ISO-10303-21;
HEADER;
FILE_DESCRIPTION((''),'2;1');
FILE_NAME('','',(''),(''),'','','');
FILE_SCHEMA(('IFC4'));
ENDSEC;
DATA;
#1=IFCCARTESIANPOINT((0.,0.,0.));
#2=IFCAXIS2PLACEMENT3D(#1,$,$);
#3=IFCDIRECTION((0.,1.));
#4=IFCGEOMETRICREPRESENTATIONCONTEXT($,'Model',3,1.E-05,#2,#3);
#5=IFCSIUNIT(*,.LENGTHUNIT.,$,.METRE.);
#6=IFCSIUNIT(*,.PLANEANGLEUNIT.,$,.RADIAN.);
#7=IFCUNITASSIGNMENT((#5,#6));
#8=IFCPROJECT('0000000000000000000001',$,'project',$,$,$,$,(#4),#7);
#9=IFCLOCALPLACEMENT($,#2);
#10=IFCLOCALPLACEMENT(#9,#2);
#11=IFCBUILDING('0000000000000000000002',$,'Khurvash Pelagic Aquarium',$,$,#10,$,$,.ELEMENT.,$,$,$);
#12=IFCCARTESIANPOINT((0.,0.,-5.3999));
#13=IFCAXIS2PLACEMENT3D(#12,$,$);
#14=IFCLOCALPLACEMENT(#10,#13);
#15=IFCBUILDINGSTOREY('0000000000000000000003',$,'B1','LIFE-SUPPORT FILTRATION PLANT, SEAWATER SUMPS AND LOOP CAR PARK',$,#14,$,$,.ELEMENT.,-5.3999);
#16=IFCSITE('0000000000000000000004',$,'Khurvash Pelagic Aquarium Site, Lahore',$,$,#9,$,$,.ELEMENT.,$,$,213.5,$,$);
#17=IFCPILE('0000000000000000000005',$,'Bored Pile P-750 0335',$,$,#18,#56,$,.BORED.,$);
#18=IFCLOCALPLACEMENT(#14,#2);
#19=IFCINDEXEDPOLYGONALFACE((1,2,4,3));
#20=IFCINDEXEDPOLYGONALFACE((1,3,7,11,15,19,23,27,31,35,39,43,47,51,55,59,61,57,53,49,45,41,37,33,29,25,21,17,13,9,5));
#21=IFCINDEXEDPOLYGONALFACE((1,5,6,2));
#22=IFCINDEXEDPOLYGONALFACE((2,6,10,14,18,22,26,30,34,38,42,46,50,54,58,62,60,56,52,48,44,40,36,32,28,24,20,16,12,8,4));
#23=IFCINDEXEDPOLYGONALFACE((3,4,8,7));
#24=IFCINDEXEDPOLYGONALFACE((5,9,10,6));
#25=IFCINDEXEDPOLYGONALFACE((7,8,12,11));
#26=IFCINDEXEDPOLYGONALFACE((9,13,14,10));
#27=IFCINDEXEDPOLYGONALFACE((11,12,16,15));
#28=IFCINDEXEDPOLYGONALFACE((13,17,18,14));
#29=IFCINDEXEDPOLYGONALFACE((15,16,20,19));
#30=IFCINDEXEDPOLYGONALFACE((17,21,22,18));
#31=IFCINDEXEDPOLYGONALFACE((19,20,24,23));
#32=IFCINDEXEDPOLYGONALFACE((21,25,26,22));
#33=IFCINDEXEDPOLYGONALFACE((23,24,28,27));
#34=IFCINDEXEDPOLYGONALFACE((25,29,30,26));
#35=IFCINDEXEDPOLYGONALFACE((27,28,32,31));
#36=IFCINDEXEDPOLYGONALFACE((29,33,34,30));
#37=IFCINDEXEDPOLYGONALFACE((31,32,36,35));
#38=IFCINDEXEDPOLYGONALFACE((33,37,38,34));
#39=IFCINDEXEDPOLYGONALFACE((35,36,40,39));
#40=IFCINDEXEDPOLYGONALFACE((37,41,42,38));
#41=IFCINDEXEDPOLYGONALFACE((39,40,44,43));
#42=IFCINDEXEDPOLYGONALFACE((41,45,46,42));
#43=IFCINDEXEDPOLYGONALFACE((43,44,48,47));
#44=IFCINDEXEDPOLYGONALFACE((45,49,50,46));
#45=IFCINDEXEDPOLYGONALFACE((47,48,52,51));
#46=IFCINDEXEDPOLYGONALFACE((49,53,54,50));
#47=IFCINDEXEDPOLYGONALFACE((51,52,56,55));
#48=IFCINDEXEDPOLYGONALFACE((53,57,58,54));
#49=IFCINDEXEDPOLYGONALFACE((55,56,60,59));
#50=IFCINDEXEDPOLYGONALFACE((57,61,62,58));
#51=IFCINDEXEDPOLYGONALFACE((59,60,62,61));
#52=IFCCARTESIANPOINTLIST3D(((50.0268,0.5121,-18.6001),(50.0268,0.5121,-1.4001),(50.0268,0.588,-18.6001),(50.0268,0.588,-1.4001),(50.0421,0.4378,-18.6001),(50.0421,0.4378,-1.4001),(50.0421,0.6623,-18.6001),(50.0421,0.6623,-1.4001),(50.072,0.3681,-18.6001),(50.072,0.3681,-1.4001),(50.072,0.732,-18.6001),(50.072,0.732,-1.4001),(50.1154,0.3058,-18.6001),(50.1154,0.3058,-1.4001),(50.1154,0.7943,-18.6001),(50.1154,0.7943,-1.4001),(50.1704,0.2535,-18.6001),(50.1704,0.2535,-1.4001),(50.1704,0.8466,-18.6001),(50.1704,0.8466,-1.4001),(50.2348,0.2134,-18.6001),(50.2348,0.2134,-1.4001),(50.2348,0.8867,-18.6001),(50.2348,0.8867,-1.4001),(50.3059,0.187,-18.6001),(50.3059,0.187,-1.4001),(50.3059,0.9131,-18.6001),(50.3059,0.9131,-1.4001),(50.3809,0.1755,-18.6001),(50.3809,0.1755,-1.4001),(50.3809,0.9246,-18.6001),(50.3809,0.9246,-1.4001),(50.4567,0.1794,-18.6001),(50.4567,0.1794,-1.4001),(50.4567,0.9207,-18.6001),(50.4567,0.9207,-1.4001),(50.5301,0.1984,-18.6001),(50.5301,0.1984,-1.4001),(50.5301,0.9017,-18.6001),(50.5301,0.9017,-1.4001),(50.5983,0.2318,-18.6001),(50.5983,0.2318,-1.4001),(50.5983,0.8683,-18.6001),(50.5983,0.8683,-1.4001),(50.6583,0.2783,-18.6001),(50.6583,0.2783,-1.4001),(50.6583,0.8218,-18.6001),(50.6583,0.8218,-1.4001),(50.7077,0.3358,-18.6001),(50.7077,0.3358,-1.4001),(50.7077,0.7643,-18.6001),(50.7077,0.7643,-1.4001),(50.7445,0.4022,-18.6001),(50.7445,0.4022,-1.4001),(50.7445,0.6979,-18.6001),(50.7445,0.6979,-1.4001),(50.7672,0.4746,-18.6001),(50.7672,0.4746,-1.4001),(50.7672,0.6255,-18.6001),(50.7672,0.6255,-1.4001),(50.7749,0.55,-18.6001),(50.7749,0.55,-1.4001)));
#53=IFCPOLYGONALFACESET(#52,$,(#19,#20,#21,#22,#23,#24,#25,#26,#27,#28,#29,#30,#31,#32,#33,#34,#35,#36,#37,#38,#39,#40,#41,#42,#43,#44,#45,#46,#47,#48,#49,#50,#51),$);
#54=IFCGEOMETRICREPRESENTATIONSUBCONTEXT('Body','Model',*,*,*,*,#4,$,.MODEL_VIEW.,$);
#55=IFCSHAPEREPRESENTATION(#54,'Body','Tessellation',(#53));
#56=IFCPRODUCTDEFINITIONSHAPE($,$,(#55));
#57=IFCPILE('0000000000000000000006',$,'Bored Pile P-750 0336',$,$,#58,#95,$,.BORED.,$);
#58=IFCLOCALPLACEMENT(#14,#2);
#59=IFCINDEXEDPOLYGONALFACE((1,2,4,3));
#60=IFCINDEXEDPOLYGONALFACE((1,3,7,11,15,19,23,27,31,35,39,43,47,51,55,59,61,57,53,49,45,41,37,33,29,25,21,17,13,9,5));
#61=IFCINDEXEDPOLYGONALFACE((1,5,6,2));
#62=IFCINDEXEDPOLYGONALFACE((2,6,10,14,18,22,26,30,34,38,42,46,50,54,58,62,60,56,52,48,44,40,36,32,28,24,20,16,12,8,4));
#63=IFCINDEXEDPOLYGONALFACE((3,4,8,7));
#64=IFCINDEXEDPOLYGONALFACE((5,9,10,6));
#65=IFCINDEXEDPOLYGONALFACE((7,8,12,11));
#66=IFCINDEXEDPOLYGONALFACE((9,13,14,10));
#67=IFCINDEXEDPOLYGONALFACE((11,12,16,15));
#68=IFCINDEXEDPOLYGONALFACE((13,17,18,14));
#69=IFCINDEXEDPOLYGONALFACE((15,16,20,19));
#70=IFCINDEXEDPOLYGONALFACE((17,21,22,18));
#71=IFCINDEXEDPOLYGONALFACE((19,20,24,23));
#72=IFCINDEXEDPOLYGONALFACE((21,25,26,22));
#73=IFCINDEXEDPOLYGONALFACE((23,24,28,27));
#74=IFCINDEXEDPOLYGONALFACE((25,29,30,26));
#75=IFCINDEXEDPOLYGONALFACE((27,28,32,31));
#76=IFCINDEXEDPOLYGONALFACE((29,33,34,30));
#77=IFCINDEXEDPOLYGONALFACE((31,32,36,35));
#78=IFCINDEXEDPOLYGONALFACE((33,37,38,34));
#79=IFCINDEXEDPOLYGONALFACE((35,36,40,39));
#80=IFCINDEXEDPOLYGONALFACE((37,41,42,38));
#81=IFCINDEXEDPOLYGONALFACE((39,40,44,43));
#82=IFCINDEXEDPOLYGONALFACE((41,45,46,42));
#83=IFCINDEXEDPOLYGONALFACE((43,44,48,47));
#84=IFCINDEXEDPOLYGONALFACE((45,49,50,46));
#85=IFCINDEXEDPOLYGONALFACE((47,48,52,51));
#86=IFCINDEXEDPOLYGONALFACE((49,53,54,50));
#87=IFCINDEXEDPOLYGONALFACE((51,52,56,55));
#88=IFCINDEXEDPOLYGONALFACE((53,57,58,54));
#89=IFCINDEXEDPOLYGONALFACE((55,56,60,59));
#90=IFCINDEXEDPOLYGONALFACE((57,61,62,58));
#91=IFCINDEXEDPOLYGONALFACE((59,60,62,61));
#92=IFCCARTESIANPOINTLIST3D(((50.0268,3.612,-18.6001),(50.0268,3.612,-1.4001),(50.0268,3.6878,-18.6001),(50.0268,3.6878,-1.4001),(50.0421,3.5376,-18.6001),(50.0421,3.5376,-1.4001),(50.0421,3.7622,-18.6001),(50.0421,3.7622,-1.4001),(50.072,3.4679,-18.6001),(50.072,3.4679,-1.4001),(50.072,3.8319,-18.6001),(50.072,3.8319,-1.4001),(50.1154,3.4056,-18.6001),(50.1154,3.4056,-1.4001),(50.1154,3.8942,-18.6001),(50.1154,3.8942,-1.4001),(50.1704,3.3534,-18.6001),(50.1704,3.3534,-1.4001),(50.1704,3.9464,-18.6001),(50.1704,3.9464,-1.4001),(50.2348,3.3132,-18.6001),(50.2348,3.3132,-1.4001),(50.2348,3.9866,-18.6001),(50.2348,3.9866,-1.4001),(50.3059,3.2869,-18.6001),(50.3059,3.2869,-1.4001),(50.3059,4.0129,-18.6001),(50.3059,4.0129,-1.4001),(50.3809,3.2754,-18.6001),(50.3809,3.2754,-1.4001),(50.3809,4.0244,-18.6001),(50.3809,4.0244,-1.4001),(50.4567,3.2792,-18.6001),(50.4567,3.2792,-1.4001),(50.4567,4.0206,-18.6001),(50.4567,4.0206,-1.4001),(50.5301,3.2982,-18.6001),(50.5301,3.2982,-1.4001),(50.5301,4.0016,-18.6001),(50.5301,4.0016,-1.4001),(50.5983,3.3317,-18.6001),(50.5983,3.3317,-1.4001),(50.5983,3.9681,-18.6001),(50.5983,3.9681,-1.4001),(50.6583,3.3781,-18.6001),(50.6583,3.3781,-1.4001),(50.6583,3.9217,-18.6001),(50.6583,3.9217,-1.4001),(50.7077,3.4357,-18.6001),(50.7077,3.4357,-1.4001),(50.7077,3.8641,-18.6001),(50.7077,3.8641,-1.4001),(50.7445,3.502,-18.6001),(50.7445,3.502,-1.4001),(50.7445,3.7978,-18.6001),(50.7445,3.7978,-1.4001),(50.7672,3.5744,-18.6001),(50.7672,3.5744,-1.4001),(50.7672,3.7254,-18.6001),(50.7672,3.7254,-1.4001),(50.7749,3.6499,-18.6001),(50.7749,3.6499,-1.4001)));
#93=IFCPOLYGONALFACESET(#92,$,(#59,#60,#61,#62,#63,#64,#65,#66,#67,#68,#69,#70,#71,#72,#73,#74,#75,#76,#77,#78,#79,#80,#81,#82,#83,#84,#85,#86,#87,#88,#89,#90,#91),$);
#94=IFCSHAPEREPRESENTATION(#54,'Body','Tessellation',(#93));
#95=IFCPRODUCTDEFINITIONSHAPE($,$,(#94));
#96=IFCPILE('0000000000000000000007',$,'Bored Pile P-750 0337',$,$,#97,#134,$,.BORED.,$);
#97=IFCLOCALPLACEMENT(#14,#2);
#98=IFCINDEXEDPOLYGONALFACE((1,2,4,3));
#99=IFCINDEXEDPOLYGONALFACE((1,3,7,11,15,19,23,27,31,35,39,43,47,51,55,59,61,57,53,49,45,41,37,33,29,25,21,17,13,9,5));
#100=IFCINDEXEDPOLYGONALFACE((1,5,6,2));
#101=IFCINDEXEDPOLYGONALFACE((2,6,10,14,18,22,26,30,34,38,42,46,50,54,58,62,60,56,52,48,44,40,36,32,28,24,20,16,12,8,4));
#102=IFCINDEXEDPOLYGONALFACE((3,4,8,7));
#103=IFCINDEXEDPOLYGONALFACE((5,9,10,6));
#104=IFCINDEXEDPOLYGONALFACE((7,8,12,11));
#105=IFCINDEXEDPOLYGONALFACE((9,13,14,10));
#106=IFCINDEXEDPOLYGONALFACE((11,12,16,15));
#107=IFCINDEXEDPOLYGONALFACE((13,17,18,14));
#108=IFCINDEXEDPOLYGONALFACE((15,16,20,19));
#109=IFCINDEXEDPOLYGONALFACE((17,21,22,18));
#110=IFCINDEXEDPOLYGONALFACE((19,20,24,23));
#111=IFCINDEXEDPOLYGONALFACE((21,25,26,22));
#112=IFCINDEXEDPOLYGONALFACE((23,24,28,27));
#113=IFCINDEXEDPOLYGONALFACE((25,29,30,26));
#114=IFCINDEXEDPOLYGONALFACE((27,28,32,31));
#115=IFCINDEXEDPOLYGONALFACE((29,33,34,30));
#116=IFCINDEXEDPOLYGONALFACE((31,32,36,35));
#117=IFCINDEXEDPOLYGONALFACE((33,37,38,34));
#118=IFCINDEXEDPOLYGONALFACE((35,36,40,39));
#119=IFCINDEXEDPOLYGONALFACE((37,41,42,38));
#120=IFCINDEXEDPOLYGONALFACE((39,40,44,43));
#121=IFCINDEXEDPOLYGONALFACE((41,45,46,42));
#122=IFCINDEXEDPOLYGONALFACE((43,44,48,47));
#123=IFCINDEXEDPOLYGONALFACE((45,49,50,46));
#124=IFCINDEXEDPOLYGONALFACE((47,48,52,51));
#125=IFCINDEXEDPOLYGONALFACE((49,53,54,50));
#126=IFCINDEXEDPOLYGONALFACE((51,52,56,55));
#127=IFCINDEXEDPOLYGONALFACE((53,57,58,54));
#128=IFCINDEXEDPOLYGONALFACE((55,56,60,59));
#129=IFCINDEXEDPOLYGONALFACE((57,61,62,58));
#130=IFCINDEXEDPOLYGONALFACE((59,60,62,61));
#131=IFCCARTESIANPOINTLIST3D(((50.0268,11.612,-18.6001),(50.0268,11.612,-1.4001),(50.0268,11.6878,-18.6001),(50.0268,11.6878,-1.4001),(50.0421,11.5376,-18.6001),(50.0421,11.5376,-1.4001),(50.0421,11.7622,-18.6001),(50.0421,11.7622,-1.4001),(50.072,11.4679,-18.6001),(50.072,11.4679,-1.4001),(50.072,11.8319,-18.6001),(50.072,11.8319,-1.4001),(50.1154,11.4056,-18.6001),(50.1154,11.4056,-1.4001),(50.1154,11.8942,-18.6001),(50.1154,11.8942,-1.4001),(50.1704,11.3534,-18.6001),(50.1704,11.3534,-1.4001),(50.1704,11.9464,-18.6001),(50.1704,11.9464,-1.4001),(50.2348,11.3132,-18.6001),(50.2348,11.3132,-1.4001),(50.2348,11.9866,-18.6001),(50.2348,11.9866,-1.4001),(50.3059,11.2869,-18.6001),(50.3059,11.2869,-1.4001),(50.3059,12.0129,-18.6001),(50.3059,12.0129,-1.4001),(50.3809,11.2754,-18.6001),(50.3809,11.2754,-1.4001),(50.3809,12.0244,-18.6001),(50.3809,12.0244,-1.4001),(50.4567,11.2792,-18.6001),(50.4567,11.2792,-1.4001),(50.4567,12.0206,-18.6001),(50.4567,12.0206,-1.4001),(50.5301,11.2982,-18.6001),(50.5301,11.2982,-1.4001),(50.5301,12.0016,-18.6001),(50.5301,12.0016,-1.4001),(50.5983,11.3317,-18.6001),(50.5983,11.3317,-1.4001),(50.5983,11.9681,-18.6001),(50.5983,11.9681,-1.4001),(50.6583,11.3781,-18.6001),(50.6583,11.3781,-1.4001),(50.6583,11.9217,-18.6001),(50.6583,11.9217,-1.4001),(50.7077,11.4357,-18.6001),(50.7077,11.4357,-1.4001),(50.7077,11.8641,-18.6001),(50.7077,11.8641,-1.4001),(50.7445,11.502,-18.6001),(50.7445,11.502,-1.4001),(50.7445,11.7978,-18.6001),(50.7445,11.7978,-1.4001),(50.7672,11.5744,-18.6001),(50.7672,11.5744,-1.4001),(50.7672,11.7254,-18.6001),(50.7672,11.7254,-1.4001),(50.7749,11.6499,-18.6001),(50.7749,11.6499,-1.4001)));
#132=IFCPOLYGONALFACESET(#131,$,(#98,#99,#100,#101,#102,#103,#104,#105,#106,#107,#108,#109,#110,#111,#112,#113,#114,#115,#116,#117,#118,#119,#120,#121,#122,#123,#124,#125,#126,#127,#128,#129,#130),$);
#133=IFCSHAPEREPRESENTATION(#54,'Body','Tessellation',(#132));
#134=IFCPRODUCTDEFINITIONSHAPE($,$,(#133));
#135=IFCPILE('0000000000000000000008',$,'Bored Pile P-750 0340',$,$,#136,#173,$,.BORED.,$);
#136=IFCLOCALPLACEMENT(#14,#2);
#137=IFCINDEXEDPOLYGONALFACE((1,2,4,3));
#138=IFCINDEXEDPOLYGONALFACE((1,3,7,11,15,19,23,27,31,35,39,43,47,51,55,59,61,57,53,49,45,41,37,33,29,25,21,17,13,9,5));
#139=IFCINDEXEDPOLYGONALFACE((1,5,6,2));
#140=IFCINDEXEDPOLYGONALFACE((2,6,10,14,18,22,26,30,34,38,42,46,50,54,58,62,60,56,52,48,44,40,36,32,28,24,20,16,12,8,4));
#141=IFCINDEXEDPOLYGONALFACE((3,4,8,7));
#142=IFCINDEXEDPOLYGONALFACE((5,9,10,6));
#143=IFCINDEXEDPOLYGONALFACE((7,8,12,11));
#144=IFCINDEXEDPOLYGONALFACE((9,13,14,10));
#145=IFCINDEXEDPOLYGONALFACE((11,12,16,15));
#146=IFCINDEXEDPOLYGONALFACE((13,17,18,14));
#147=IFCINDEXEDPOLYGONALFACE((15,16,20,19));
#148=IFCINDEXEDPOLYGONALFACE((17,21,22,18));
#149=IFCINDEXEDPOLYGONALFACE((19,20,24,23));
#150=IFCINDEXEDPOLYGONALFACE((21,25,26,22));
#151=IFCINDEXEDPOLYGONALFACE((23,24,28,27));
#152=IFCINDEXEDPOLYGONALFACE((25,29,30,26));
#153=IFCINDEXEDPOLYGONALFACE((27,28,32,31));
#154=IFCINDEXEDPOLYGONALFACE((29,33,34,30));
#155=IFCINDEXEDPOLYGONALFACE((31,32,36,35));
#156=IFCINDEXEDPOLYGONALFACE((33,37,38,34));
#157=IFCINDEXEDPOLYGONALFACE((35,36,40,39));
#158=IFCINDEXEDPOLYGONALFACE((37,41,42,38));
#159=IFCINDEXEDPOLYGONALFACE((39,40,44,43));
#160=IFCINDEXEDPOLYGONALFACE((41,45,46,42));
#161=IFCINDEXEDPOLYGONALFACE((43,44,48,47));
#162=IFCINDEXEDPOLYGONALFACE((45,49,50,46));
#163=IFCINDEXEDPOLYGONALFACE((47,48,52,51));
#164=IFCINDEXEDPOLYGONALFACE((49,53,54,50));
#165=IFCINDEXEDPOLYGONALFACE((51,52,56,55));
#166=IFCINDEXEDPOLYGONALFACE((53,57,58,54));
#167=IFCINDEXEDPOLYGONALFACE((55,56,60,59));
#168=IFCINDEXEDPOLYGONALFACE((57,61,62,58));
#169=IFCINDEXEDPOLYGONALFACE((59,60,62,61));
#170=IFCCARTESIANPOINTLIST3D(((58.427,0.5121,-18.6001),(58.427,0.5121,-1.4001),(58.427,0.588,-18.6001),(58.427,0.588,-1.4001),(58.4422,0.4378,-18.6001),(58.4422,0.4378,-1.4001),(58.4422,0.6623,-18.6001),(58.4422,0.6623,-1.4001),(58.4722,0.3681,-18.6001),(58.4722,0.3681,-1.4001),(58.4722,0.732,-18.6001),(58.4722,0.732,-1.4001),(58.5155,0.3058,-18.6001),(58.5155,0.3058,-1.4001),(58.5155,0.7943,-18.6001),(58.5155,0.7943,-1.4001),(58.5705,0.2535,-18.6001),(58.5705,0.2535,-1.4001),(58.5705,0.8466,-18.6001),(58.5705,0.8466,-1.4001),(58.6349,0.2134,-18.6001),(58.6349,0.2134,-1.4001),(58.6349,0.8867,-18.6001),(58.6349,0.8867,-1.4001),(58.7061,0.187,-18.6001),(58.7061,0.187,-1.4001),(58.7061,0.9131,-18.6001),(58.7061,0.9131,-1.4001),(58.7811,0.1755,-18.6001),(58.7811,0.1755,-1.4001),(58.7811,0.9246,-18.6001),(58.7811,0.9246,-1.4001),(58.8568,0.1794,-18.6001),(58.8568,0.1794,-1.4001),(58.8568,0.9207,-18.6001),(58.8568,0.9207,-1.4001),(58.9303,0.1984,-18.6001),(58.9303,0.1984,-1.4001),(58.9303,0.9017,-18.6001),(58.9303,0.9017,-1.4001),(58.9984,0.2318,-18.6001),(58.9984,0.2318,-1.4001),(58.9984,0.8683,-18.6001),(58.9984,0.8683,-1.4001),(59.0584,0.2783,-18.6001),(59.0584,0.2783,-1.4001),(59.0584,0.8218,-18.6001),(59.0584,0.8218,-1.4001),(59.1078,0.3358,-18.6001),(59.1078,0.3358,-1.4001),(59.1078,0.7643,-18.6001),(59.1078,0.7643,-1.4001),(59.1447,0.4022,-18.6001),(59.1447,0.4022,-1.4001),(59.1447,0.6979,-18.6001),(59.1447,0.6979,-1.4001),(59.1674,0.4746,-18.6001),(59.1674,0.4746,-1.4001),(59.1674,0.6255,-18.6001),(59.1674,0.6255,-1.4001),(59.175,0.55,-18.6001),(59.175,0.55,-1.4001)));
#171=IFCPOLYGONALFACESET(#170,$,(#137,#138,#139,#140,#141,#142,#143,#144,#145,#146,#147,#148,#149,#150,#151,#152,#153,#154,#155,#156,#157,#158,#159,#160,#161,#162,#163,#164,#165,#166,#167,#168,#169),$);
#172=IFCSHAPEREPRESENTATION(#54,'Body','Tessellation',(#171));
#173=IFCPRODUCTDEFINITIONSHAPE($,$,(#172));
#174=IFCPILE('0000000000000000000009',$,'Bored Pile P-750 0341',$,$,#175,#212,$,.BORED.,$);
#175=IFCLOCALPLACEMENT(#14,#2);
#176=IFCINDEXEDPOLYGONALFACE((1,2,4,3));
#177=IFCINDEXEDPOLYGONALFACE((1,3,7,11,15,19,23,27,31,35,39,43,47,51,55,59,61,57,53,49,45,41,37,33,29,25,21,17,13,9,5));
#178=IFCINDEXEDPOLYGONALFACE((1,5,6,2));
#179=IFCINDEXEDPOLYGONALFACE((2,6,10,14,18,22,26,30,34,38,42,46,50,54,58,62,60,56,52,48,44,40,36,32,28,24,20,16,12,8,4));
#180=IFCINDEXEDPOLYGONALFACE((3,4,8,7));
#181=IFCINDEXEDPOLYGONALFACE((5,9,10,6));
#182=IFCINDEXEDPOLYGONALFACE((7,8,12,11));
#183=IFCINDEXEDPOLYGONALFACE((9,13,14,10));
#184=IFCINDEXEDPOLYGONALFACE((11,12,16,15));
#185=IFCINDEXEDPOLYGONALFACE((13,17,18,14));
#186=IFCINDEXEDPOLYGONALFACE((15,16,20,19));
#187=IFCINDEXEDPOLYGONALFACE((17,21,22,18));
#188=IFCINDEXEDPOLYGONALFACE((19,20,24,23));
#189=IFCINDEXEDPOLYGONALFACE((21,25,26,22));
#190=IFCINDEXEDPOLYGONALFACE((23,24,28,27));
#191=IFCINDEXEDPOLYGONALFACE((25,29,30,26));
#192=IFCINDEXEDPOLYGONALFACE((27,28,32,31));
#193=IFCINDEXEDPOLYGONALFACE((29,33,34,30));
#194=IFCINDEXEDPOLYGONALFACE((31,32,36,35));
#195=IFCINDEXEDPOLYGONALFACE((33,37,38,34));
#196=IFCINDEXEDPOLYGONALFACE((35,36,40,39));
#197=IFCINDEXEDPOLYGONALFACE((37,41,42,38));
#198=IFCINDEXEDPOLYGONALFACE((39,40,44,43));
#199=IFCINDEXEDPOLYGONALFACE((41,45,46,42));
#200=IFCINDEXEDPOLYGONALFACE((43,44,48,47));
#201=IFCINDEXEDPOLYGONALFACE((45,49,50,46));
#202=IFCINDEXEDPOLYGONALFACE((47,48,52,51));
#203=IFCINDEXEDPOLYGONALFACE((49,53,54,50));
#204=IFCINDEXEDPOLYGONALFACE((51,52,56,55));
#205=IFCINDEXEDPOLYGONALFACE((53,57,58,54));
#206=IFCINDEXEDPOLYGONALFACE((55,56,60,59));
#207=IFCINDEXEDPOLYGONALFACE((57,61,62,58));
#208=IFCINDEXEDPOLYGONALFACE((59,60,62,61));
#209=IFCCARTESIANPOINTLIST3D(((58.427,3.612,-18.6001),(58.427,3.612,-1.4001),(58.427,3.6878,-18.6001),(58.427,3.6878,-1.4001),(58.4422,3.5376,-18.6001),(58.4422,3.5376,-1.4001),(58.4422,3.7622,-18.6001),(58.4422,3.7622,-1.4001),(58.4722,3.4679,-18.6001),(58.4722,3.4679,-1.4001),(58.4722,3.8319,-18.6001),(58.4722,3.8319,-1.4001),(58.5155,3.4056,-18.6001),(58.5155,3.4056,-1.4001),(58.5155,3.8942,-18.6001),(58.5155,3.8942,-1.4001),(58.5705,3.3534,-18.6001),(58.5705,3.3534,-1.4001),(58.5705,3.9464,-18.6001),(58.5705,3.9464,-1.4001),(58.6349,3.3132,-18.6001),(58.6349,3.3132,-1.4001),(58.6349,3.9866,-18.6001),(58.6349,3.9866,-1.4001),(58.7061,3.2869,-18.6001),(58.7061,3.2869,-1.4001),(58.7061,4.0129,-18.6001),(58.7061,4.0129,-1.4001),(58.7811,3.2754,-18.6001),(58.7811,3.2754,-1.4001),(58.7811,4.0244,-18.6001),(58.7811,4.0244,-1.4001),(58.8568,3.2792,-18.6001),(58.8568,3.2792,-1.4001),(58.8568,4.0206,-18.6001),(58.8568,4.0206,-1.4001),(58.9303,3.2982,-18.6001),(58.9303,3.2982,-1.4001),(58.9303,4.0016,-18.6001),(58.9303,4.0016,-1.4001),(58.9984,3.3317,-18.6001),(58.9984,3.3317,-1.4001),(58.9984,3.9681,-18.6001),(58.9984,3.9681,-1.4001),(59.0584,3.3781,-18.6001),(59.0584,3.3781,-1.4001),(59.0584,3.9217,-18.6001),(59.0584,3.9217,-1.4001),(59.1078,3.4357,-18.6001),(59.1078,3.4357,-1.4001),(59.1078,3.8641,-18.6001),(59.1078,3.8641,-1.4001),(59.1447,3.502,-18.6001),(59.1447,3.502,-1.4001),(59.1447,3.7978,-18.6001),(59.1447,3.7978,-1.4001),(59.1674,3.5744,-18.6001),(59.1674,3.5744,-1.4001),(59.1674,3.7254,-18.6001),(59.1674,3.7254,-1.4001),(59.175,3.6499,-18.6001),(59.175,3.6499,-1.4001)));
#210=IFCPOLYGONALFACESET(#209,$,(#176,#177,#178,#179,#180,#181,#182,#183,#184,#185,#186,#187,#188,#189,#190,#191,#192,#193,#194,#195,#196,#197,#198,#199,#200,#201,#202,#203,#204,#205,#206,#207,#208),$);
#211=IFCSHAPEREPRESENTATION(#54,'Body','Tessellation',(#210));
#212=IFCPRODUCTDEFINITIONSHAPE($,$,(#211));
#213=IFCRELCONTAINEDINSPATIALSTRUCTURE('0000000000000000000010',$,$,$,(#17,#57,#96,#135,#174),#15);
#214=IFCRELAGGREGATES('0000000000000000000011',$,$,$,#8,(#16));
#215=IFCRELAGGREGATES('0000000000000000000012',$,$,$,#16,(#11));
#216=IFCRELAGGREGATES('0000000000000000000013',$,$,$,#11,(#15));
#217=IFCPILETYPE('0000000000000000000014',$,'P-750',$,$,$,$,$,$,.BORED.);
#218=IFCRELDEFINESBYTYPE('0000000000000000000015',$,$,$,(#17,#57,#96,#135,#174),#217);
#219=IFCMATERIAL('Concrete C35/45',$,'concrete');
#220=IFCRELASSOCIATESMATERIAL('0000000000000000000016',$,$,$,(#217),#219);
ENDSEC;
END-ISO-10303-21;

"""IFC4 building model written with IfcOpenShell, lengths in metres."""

from ifc_helpers import new_model, si_unit, direction, frame, origin, origin_2d, place, context, subcontext, project, spatial, circle, extrude, material, material_profile, profile_set, type_object, element, save


model = new_model("IFC4")

# Units and contexts
model_context = context("Model", 3, precision=1e-05, world=origin(), true_north=direction((0.0, 1.0)))
body_context = subcontext(model_context, "Body", "Model", "MODEL_VIEW")
ifc_project = project(units=[si_unit("LENGTHUNIT", "METRE"), si_unit("PLANEANGLEUNIT", "RADIAN")], contexts=[model_context])

# Site, building, storey
site_placement = place(None, origin())
site = spatial("IfcSite", under=ifc_project, at=site_placement, Name="Khurvash Pelagic Aquarium Site, Lahore", CompositionType="ELEMENT", RefElevation=213.5)
building_placement = place(site_placement, origin())
building = spatial("IfcBuilding", under=site, at=building_placement, Name="Khurvash Pelagic Aquarium", CompositionType="ELEMENT")
storey_placement = place(building_placement, frame((0.0, 0.0, -5.3999)))
storey = spatial("IfcBuildingStorey", under=building, at=storey_placement, Name="B1", Description="LIFE-SUPPORT FILTRATION PLANT, SEAWATER SUMPS AND LOOP CAR PARK", CompositionType="ELEMENT", Elevation=-5.3999)

# Shared definitions
ifc_material_1 = material(Name="Concrete C35/45", Category="concrete")

# Piles
ifc_material_profile_1 = material_profile(ifc_material_1, circle(Radius=0.375, at=origin_2d()), Name="PILE750")
ifc_profile_set_1 = profile_set([ifc_material_profile_1], Name="Concrete C35/45")
pile_type = type_object("IfcPileType", Name="P-750", PredefinedType="BORED", material=ifc_profile_set_1)
for number, where, z_axis, x_axis, name in (
    (1, (50.3999, 0.55, -1.4001), (0.0, 0.0, -1.0), (1.0, 0.0, 0.0), "Bored Pile P-750 0335"),
    (2, (50.3999, 3.6499, -1.4001), (0.0, 0.0, -1.0), (1.0, 0.0, 0.0), "Bored Pile P-750 0336"),
    (3, (50.3999, 11.6499, -1.4001), (0.0, 0.0, -1.0), (1.0, 0.0, 0.0), "Bored Pile P-750 0337"),
    (4, (58.8, 0.55, -1.4001), (0.0, 0.0, -1.0), (1.0, 0.0, 0.0), "Bored Pile P-750 0340"),
    (5, (58.8, 3.6499, -1.4001), (0.0, 0.0, -1.0), (1.0, 0.0, 0.0), "Bored Pile P-750 0341"),
):
    element("IfcPile", number, at=place(storey_placement, frame(where, z_axis=z_axis, x_axis=x_axis)), inside=storey, type_object=pile_type, Name=name, PredefinedType="BORED", context=body_context, shape_type="SweptSolid", body=[
        extrude(circle(Radius=0.375, at=origin_2d()), origin(), (0.0, 0.0, 1.0), 17.2),
    ])

save(model, "model.ifc")
